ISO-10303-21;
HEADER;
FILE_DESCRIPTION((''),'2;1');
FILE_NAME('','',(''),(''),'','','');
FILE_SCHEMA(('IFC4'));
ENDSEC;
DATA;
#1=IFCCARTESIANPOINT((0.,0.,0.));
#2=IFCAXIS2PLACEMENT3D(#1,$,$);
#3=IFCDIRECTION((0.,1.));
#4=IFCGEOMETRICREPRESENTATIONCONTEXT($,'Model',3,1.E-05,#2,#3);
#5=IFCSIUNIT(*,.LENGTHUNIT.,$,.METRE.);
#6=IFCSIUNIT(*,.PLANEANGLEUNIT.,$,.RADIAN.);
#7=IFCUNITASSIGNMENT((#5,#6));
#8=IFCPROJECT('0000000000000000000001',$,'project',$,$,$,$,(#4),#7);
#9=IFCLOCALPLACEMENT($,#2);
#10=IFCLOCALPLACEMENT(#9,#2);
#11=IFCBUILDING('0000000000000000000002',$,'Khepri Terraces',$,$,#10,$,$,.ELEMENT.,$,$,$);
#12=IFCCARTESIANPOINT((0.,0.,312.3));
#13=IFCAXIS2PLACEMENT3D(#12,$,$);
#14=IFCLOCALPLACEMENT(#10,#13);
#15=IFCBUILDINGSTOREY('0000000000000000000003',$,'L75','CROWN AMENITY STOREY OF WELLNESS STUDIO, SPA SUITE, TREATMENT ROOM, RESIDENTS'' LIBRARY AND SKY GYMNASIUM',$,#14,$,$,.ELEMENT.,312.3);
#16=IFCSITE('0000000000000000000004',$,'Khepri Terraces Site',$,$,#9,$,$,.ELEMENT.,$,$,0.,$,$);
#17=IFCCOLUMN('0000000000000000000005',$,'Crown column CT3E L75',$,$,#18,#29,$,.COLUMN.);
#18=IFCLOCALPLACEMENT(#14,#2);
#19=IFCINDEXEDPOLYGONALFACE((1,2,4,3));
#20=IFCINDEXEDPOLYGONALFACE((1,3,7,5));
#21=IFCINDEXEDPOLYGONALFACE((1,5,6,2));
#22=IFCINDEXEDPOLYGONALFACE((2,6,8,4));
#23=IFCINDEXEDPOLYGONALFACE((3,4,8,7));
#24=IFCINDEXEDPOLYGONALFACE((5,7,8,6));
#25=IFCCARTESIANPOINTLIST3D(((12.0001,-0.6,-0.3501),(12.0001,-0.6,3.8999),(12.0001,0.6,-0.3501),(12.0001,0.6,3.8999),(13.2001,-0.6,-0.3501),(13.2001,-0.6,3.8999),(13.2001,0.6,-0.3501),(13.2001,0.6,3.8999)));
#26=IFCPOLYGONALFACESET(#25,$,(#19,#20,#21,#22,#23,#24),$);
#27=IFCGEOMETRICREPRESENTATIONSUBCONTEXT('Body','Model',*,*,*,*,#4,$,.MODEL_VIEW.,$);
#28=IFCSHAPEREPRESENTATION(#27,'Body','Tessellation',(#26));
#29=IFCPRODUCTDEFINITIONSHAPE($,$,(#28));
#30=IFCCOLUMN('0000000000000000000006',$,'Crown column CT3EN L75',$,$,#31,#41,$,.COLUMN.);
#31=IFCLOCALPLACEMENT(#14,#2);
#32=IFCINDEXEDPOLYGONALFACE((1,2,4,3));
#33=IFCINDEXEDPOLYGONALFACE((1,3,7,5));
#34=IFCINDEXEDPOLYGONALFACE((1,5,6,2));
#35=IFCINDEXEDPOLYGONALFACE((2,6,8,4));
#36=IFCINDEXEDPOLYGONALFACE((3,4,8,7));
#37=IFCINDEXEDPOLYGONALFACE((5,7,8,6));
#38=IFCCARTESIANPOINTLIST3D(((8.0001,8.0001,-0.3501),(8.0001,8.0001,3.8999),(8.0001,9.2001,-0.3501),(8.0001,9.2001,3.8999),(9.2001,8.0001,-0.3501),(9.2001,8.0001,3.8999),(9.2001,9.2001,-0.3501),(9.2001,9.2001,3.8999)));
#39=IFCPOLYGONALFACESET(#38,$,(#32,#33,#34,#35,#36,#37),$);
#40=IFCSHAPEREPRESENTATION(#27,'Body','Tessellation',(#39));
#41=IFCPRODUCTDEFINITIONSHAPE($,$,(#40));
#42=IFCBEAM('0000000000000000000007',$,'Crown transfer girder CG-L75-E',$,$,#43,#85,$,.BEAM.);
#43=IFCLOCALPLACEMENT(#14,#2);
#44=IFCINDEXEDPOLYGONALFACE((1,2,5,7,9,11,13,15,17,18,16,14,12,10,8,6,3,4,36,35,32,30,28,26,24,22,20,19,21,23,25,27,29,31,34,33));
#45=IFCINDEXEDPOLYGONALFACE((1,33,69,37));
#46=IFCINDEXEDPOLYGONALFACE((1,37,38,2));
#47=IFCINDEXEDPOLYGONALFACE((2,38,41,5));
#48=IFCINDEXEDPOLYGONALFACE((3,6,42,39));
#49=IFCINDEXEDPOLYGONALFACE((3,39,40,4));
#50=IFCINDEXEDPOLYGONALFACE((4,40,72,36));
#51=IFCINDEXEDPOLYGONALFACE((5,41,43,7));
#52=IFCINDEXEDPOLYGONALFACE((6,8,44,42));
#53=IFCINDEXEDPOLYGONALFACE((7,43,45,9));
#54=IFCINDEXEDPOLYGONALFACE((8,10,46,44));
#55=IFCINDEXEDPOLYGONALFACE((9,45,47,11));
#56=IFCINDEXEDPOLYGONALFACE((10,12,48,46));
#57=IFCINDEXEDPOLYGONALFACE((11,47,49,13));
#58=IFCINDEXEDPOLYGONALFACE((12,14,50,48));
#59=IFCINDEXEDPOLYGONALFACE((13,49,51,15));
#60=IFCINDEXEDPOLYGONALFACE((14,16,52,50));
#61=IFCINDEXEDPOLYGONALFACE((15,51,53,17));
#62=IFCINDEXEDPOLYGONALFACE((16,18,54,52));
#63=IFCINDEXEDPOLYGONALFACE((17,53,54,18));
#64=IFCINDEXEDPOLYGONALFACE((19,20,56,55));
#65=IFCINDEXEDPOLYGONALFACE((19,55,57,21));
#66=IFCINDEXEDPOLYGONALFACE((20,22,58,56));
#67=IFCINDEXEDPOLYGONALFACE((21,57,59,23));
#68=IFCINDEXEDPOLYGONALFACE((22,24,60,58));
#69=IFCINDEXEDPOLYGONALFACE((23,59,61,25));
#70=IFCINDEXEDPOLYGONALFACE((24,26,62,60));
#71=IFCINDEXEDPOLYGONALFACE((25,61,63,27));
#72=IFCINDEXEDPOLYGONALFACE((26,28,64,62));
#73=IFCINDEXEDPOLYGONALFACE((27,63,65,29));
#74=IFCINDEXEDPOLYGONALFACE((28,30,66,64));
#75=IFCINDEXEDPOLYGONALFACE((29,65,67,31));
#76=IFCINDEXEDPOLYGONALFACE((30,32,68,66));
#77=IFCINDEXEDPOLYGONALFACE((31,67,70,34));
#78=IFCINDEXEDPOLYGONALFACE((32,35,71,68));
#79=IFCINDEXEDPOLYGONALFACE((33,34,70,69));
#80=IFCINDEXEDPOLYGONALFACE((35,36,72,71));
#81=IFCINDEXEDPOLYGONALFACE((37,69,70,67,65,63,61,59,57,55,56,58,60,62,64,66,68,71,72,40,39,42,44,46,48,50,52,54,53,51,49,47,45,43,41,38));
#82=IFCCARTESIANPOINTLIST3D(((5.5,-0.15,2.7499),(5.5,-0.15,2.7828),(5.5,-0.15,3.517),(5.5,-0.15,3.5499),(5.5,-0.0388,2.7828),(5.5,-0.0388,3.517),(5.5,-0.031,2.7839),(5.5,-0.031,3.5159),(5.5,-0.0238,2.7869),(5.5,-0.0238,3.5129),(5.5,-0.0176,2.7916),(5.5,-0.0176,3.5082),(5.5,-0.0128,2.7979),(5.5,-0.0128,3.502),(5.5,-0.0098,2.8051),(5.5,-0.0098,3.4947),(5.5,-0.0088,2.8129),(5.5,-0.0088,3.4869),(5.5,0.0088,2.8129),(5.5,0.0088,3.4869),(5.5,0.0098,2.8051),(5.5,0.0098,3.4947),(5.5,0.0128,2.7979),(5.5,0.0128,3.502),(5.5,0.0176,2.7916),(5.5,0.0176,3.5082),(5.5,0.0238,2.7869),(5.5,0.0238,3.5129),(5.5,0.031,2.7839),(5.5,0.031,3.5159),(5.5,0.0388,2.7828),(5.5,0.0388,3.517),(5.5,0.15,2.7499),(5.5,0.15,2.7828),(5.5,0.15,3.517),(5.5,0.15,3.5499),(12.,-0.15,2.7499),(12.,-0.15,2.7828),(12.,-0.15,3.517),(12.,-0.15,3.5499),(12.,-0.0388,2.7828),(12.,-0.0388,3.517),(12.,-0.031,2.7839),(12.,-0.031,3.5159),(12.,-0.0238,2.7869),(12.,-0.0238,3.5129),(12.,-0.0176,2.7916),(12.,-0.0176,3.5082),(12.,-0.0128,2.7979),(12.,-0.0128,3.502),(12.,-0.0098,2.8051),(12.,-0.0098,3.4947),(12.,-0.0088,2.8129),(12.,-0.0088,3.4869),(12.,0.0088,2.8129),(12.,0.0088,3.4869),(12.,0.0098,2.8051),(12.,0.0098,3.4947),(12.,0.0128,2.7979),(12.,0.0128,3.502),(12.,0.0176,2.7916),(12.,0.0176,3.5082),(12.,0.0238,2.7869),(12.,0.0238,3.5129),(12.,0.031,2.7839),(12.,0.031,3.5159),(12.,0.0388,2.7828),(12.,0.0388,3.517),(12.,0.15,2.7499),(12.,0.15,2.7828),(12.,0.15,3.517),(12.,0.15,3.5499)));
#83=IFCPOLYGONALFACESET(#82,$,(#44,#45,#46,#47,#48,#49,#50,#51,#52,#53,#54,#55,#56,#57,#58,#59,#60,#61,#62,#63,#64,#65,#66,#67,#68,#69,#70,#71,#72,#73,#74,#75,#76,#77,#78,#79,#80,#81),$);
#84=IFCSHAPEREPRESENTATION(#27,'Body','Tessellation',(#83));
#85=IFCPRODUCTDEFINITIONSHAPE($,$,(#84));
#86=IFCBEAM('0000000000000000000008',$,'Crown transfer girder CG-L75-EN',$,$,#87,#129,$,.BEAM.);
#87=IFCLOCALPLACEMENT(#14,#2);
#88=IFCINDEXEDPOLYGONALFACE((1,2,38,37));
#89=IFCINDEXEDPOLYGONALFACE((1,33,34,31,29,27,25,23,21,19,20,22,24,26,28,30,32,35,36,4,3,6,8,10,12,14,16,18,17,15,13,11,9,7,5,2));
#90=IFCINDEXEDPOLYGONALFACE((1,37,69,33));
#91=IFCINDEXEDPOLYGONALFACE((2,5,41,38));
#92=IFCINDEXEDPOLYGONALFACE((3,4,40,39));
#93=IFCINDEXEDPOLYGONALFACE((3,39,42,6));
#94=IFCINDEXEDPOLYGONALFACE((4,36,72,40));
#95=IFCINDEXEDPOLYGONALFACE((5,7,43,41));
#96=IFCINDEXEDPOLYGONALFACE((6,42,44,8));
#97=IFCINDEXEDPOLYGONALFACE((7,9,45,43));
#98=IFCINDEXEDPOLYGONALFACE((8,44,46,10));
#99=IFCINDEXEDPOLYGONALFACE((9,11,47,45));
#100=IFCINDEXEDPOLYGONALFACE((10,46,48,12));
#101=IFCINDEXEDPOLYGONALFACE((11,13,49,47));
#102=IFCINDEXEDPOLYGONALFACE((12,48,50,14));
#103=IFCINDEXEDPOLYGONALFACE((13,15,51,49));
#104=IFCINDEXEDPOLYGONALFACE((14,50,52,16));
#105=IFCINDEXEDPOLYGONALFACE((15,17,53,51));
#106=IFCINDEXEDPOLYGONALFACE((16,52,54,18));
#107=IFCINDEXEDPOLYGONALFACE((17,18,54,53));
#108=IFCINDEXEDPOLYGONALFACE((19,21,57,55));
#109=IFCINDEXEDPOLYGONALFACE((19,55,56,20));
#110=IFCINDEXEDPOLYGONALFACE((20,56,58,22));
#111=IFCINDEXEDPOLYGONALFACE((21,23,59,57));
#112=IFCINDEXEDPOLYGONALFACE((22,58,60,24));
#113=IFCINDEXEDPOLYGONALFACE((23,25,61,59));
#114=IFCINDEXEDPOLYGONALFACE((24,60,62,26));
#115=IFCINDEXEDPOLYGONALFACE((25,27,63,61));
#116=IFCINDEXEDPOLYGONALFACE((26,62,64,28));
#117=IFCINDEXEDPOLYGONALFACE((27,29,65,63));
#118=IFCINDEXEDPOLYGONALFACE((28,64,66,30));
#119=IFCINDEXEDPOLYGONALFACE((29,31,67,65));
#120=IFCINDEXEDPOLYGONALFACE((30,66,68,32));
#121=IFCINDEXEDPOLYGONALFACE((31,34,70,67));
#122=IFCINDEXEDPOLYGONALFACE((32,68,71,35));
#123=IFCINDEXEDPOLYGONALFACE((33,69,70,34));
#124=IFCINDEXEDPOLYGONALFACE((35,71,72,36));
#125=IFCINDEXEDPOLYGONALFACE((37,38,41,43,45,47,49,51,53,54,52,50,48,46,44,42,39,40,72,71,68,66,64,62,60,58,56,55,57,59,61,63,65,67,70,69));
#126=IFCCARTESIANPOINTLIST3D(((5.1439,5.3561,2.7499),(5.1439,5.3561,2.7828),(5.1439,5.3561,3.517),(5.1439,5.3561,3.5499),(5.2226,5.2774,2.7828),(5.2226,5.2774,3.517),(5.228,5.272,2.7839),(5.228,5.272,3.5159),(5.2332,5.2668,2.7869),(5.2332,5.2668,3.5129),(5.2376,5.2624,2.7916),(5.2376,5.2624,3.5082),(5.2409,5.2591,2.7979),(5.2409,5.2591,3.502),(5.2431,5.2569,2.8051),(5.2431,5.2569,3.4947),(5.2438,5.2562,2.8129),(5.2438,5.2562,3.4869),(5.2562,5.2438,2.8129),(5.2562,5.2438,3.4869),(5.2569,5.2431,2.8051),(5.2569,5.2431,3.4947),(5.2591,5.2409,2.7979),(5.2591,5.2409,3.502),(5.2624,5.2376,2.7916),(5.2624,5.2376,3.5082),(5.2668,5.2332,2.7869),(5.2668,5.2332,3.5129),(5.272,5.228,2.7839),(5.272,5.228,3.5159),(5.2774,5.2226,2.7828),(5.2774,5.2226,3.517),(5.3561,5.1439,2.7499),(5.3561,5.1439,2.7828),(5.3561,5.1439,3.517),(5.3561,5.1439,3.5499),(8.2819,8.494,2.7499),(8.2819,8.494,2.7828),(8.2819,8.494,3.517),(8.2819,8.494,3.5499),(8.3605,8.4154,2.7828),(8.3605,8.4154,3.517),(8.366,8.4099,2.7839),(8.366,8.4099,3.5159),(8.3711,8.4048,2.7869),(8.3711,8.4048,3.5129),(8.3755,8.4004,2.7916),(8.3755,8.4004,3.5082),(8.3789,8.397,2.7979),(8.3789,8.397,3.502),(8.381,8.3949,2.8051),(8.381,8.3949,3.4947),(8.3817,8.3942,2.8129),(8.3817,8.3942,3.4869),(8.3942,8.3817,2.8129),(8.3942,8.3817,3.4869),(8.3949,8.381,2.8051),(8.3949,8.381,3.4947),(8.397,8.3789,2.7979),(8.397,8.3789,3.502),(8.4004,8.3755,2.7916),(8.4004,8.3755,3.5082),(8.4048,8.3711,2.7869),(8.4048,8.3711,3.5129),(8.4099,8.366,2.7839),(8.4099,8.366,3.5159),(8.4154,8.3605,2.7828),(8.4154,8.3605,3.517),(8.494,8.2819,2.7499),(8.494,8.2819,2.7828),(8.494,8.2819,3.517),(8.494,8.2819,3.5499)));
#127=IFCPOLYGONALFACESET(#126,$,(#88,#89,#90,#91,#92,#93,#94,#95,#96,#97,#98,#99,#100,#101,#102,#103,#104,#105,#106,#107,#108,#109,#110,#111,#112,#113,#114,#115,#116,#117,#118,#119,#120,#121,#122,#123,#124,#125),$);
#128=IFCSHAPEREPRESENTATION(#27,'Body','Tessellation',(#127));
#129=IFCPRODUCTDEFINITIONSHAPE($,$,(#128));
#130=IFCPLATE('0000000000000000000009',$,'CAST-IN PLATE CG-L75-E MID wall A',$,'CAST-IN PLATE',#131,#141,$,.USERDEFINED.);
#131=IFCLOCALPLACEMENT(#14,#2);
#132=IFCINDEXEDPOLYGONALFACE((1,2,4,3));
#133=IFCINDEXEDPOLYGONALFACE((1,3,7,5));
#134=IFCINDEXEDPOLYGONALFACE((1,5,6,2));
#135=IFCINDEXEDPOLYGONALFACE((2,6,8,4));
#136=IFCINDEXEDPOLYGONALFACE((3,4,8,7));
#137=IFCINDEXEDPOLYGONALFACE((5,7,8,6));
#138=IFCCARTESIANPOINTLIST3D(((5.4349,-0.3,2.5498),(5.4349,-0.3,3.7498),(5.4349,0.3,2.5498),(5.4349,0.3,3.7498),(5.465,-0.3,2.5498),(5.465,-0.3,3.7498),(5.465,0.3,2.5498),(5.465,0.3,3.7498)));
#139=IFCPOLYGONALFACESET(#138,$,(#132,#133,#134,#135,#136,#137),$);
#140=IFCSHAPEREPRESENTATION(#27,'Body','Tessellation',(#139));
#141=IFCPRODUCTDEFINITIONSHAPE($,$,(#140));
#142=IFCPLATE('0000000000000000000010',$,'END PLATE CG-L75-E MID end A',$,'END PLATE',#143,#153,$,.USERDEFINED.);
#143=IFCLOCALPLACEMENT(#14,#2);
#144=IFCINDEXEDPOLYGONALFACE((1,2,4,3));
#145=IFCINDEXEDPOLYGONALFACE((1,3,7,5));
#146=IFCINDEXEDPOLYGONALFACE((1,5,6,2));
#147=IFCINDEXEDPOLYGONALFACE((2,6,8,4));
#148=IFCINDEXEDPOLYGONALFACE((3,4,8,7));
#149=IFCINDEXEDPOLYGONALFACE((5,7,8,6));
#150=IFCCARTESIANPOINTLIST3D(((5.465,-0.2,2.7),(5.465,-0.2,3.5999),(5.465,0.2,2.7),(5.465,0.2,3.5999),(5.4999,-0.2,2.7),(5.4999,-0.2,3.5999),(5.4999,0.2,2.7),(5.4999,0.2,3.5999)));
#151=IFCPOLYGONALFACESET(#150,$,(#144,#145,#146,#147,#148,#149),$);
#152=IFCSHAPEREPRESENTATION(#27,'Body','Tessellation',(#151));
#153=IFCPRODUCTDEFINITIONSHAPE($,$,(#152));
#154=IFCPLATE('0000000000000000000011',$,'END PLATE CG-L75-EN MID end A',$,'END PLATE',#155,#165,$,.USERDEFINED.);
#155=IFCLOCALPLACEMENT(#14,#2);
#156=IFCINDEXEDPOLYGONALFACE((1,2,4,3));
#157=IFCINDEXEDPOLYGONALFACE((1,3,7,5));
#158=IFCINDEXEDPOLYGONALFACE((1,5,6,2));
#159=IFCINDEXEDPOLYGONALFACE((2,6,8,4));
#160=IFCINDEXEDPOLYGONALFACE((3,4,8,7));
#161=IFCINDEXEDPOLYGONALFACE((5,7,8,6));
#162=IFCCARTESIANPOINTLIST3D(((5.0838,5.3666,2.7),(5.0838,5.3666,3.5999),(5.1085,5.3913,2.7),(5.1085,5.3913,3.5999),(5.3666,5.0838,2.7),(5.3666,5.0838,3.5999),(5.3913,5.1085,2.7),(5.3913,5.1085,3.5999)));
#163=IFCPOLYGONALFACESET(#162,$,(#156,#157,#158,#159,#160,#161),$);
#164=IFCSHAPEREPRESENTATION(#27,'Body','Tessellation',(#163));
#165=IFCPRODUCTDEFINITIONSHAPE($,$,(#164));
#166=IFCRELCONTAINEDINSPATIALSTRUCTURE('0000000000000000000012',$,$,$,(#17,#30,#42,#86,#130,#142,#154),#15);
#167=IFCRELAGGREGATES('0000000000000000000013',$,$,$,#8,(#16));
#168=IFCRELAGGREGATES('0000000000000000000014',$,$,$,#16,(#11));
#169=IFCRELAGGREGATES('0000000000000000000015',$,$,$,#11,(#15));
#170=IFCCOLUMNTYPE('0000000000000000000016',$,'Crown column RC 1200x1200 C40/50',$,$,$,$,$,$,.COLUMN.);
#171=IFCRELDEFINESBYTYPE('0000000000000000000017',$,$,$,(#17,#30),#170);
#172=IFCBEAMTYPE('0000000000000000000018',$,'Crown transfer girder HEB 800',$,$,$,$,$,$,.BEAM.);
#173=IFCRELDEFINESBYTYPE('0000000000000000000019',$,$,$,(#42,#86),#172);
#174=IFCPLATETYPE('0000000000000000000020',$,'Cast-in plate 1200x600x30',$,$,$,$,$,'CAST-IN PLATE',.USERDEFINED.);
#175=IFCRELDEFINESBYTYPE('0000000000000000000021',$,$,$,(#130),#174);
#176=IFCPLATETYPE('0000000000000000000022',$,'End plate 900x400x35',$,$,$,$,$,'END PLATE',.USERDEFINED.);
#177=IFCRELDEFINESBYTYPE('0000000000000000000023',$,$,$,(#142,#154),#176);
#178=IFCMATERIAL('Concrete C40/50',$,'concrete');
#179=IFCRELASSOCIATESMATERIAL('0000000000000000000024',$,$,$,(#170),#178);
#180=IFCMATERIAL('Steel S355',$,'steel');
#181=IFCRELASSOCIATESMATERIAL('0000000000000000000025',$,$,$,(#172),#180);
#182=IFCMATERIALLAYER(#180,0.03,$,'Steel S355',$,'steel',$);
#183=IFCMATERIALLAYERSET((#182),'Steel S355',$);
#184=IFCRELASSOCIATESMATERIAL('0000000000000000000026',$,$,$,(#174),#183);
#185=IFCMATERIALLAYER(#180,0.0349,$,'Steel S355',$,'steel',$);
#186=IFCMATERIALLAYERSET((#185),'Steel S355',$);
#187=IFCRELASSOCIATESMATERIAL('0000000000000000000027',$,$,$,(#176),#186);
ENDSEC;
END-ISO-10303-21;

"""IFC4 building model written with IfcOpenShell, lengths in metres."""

from ifc_helpers import new_model, si_unit, direction, frame, origin, origin_2d, place, context, subcontext, project, spatial, rectangle, i_section, extrude, material, layer, layer_set, material_profile, profile_set, type_object, element, save


model = new_model("IFC4")

# Units and contexts
model_context = context("Model", 3, precision=1e-05, world=origin(), true_north=direction((0.0, 1.0)))
body_context = subcontext(model_context, "Body", "Model", "MODEL_VIEW")
ifc_project = project(units=[si_unit("LENGTHUNIT", "METRE"), si_unit("PLANEANGLEUNIT", "RADIAN")], contexts=[model_context])

# Site, building, storey
site_placement = place(None, origin())
site = spatial("IfcSite", under=ifc_project, at=site_placement, Name="Khepri Terraces Site", CompositionType="ELEMENT", RefElevation=0.0)
building_placement = place(site_placement, origin())
building = spatial("IfcBuilding", under=site, at=building_placement, Name="Khepri Terraces", CompositionType="ELEMENT")
storey_placement = place(building_placement, frame((0.0, 0.0, 312.3)))
storey = spatial("IfcBuildingStorey", under=building, at=storey_placement, Name="L75", Description="CROWN AMENITY STOREY OF WELLNESS STUDIO, SPA SUITE, TREATMENT ROOM, RESIDENTS' LIBRARY AND SKY GYMNASIUM", CompositionType="ELEMENT", Elevation=312.3)

# Columns
ifc_material_1 = material(Name="Concrete C40/50", Category="concrete")
ifc_material_profile_1 = material_profile(ifc_material_1, rectangle(XDim=1.2, YDim=1.2, at=origin_2d()), Name="Concrete C40/50", Category="concrete")
ifc_profile_set_1 = profile_set([ifc_material_profile_1], Name="Concrete C40/50")
column_type = type_object("IfcColumnType", Name="Crown column RC 1200x1200 C40/50", PredefinedType="COLUMN", material=ifc_profile_set_1)
for number, where, z_axis, x_axis, name in (
    (1, (12.6001, 0.0, -0.3501), (0.0, 0.0, 1.0), (1.0, 0.0, 0.0), "Crown column CT3E L75"),
    (2, (8.6001, 8.6001, -0.3501), (0.0, 0.0, 1.0), (1.0, 0.0, 0.0), "Crown column CT3EN L75"),
):
    element("IfcColumn", number, at=place(storey_placement, frame(where, z_axis=z_axis, x_axis=x_axis)), inside=storey, type_object=column_type, Name=name, PredefinedType="COLUMN", context=body_context, shape_type="SweptSolid", body=[
        extrude(rectangle(XDim=1.2, YDim=1.2, at=origin_2d()), origin(), (0.0, 0.0, 1.0), 4.25),
    ])

# Beams
ifc_material_2 = material(Name="Steel S355", Category="steel")
ifc_material_profile_2 = material_profile(ifc_material_2, i_section(OverallWidth=0.3, OverallDepth=0.8, WebThickness=0.0176, FlangeThickness=0.033, FilletRadius=0.03, at=origin_2d()), Name="Steel S355", Category="steel")
ifc_profile_set_2 = profile_set([ifc_material_profile_2], Name="Steel S355")
beam_type = type_object("IfcBeamType", Name="Crown transfer girder HEB 800", PredefinedType="BEAM", material=ifc_profile_set_2)
beam_1_placement = place(storey_placement, frame((5.5, 0.0, 3.1499), z_axis=(1.0, 0.0, 0.0), x_axis=(0.0, 1.0, 0.0)))
element("IfcBeam", 3, at=beam_1_placement, inside=storey, type_object=beam_type, Name="Crown transfer girder CG-L75-E", PredefinedType="BEAM", context=body_context, shape_type="SweptSolid", body=[
    extrude(i_section(OverallWidth=0.3, OverallDepth=0.8, WebThickness=0.0176, FlangeThickness=0.033, FilletRadius=0.03, at=origin_2d()), origin(), (0.0, 0.0, 1.0), 6.5),
])
beam_2_placement = place(storey_placement, frame((5.25, 5.25, 3.1499), z_axis=(0.707107, 0.707107, 0.0), x_axis=(-0.707107, 0.707107, 0.0)))
element("IfcBeam", 4, at=beam_2_placement, inside=storey, type_object=beam_type, Name="Crown transfer girder CG-L75-EN", PredefinedType="BEAM", context=body_context, shape_type="SweptSolid", body=[
    extrude(i_section(OverallWidth=0.3, OverallDepth=0.8, WebThickness=0.0176, FlangeThickness=0.033, FilletRadius=0.03, at=origin_2d()), origin(), (0.0, 0.0, 1.0), 4.4377),
])

# Plates
ifc_layer_1 = layer(ifc_material_2, 0.03, Name="Steel S355", Category="steel")
ifc_layer_set_1 = layer_set([ifc_layer_1], Name="Steel S355")
plate_type_1 = type_object("IfcPlateType", Name="Cast-in plate 1200x600x30", ElementType="CAST-IN PLATE", PredefinedType="USERDEFINED", material=ifc_layer_set_1)
plate_placement = place(storey_placement, frame((5.45, 0.0, 2.5498), z_axis=(0.0, 0.0, 1.0), x_axis=(1.0, 0.0, 0.0)))
element("IfcPlate", 5, at=plate_placement, inside=storey, type_object=plate_type_1, Name="CAST-IN PLATE CG-L75-E MID wall A", ObjectType="CAST-IN PLATE", PredefinedType="USERDEFINED", context=body_context, shape_type="SweptSolid", body=[
    extrude(rectangle(XDim=0.03, YDim=0.6001, at=origin_2d()), origin(), (0.0, 0.0, 1.0), 1.2),
])
ifc_layer_2 = layer(ifc_material_2, 0.0349, Name="Steel S355", Category="steel")
ifc_layer_set_2 = layer_set([ifc_layer_2], Name="Steel S355")
plate_type_2 = type_object("IfcPlateType", Name="End plate 900x400x35", ElementType="END PLATE", PredefinedType="USERDEFINED", material=ifc_layer_set_2)
for number, where, z_axis, x_axis, name in (
    (6, (5.4824, 0.0, 2.7), (0.0, 0.0, 1.0), (1.0, 0.0, 0.0), "END PLATE CG-L75-E MID end A"),
    (7, (5.2375, 5.2375, 2.7), (0.0, 0.0, 1.0), (0.707107, 0.707107, 0.0), "END PLATE CG-L75-EN MID end A"),
):
    element("IfcPlate", number, at=place(storey_placement, frame(where, z_axis=z_axis, x_axis=x_axis)), inside=storey, type_object=plate_type_2, Name=name, ObjectType="END PLATE", PredefinedType="USERDEFINED", context=body_context, shape_type="SweptSolid", body=[
        extrude(rectangle(XDim=0.0349, YDim=0.3999, at=origin_2d()), origin(), (0.0, 0.0, 1.0), 0.8999),
    ])

save(model, "model.ifc")
